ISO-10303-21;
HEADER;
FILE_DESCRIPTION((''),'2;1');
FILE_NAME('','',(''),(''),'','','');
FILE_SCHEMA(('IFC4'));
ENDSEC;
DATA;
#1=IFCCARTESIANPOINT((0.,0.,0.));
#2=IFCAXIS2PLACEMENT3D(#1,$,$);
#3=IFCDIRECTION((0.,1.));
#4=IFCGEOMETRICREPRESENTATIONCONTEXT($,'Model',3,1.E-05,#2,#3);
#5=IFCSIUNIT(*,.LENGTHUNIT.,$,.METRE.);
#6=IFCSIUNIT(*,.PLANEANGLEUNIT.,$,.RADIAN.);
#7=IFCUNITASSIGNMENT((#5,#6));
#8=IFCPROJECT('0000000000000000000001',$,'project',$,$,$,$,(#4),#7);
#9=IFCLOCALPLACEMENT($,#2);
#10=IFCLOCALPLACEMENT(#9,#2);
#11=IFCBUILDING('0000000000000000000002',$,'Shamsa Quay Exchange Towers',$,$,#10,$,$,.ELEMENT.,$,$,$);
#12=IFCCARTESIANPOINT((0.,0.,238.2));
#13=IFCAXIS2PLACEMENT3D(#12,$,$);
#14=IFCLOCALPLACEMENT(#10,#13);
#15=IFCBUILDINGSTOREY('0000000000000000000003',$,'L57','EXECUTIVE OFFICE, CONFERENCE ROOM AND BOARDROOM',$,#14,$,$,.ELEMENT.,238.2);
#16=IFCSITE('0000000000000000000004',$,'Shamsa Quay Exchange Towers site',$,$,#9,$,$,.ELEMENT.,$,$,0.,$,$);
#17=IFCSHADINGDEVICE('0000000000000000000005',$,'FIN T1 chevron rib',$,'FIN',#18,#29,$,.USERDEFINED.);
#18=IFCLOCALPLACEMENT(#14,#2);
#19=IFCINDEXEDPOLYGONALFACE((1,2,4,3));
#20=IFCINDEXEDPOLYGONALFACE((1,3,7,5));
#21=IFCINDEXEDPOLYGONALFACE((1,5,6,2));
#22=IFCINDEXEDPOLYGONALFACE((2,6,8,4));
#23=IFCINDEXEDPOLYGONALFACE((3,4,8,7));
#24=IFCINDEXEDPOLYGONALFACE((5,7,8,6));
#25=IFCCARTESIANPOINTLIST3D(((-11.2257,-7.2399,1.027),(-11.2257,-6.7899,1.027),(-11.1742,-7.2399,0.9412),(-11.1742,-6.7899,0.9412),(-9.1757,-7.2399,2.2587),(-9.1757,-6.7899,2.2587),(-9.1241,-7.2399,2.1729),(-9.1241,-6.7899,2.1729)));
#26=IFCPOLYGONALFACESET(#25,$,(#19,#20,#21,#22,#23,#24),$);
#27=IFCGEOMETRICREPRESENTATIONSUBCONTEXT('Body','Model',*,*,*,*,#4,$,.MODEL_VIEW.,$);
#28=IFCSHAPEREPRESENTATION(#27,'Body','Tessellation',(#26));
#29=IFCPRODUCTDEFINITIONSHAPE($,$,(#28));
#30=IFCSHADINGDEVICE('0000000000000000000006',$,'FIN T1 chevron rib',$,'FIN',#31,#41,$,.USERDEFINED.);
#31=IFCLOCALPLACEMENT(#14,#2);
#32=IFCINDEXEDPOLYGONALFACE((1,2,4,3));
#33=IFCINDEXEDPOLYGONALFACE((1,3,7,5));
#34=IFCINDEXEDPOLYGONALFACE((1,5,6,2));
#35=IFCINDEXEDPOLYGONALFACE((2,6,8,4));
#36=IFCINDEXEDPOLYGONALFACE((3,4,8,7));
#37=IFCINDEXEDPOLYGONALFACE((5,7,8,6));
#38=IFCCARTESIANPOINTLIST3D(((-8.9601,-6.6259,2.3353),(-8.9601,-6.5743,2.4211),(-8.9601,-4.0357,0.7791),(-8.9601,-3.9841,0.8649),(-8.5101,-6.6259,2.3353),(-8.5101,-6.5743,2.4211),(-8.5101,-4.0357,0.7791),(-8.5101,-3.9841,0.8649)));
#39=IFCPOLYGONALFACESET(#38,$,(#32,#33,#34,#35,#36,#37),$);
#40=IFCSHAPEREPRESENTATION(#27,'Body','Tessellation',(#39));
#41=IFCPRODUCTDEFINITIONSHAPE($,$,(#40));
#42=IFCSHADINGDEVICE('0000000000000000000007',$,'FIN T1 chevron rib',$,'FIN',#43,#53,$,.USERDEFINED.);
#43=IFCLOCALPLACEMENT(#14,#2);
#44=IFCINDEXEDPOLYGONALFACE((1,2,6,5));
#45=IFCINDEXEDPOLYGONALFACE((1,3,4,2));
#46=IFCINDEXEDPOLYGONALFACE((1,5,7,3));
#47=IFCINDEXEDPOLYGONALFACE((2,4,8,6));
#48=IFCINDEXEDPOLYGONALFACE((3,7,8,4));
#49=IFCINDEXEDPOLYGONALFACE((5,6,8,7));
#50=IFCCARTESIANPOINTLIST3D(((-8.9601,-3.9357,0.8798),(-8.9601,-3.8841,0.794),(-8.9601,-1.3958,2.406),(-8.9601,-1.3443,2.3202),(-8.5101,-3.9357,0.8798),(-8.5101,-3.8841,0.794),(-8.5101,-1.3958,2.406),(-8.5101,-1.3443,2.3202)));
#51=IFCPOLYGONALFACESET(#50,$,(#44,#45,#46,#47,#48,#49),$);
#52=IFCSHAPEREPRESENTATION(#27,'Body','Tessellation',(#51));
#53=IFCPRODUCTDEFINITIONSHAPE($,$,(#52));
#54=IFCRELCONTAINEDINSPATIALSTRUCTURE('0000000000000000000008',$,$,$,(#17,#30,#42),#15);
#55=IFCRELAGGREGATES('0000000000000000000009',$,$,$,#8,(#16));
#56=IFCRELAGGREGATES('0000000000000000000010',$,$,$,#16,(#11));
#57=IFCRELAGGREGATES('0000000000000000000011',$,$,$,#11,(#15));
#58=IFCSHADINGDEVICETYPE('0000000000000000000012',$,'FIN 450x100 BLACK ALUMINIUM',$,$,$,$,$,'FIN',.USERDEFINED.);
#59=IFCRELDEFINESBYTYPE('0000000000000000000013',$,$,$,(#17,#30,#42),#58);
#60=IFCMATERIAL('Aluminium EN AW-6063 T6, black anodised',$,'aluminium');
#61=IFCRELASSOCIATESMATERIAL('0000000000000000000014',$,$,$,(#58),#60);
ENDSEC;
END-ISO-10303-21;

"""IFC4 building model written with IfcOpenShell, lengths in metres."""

from ifc_helpers import new_model, si_unit, direction, frame, origin, origin_2d, place, context, subcontext, project, spatial, rectangle, extrude, material, material_profile, profile_set, type_object, element, save


model = new_model("IFC4")

# Units and contexts
model_context = context("Model", 3, precision=1e-05, world=origin(), true_north=direction((0.0, 1.0)))
body_context = subcontext(model_context, "Body", "Model", "MODEL_VIEW")
ifc_project = project(units=[si_unit("LENGTHUNIT", "METRE"), si_unit("PLANEANGLEUNIT", "RADIAN")], contexts=[model_context])

# Site, building, storey
site_placement = place(None, origin())
site = spatial("IfcSite", under=ifc_project, at=site_placement, Name="Shamsa Quay Exchange Towers site", CompositionType="ELEMENT", RefElevation=0.0)
building_placement = place(site_placement, origin())
building = spatial("IfcBuilding", under=site, at=building_placement, Name="Shamsa Quay Exchange Towers", CompositionType="ELEMENT")
storey_placement = place(building_placement, frame((0.0, 0.0, 238.2)))
storey = spatial("IfcBuildingStorey", under=building, at=storey_placement, Name="L57", Description="EXECUTIVE OFFICE, CONFERENCE ROOM AND BOARDROOM", CompositionType="ELEMENT", Elevation=238.2)

# Shared definitions
ifc_material_1 = material(Name="Aluminium EN AW-6063 T6, black anodised", Category="aluminium")

# Shading devices
ifc_material_profile_1 = material_profile(ifc_material_1, rectangle(XDim=0.45, YDim=0.1001, at=origin_2d()), Name="FIN450x100")
ifc_profile_set_1 = profile_set([ifc_material_profile_1], Name="Aluminium EN AW-6063 T6, black anodised")
shading_device_type = type_object("IfcShadingDeviceType", Name="FIN 450x100 BLACK ALUMINIUM", ElementType="FIN", PredefinedType="USERDEFINED", material=ifc_profile_set_1)
for number, where, z_axis, x_axis, name in (
    (1, (-11.2, -7.0149, 0.9841), (0.857187, 0.0, 0.515006), (0.0, 1.0, 0.0), "FIN T1 chevron rib"),
):
    element("IfcShadingDevice", number, at=place(storey_placement, frame(where, z_axis=z_axis, x_axis=x_axis)), inside=storey, type_object=shading_device_type, Name=name, ObjectType="FIN", PredefinedType="USERDEFINED", context=body_context, shape_type="SweptSolid", body=[
        extrude(rectangle(XDim=0.45, YDim=0.1001, at=origin_2d()), origin(), (0.0, 0.0, 1.0), 2.3916),
    ])
shading_device_1_placement = place(storey_placement, frame((-8.7351, -6.6001, 2.3782), z_axis=(0.0, 0.857186, -0.515007), x_axis=(-1.0, 0.0, 0.0)))
element("IfcShadingDevice", 2, at=shading_device_1_placement, inside=storey, type_object=shading_device_type, Name="FIN T1 chevron rib", ObjectType="FIN", PredefinedType="USERDEFINED", context=body_context, shape_type="SweptSolid", body=[
    extrude(rectangle(XDim=0.45, YDim=0.1001, at=origin_2d()), origin(), (0.0, 0.0, 1.0), 3.0217),
])
shading_device_2_placement = place(storey_placement, frame((-8.7351, -3.9099, 0.8369), z_axis=(0.0, 0.857158, 0.515053), x_axis=(-1.0, 0.0, 0.0)))
element("IfcShadingDevice", 3, at=shading_device_2_placement, inside=storey, type_object=shading_device_type, Name="FIN T1 chevron rib", ObjectType="FIN", PredefinedType="USERDEFINED", context=body_context, shape_type="SweptSolid", body=[
    extrude(rectangle(XDim=0.45, YDim=0.1001, at=origin_2d()), origin(), (0.0, 0.0, 1.0), 2.9631),
])

save(model, "model.ifc")
